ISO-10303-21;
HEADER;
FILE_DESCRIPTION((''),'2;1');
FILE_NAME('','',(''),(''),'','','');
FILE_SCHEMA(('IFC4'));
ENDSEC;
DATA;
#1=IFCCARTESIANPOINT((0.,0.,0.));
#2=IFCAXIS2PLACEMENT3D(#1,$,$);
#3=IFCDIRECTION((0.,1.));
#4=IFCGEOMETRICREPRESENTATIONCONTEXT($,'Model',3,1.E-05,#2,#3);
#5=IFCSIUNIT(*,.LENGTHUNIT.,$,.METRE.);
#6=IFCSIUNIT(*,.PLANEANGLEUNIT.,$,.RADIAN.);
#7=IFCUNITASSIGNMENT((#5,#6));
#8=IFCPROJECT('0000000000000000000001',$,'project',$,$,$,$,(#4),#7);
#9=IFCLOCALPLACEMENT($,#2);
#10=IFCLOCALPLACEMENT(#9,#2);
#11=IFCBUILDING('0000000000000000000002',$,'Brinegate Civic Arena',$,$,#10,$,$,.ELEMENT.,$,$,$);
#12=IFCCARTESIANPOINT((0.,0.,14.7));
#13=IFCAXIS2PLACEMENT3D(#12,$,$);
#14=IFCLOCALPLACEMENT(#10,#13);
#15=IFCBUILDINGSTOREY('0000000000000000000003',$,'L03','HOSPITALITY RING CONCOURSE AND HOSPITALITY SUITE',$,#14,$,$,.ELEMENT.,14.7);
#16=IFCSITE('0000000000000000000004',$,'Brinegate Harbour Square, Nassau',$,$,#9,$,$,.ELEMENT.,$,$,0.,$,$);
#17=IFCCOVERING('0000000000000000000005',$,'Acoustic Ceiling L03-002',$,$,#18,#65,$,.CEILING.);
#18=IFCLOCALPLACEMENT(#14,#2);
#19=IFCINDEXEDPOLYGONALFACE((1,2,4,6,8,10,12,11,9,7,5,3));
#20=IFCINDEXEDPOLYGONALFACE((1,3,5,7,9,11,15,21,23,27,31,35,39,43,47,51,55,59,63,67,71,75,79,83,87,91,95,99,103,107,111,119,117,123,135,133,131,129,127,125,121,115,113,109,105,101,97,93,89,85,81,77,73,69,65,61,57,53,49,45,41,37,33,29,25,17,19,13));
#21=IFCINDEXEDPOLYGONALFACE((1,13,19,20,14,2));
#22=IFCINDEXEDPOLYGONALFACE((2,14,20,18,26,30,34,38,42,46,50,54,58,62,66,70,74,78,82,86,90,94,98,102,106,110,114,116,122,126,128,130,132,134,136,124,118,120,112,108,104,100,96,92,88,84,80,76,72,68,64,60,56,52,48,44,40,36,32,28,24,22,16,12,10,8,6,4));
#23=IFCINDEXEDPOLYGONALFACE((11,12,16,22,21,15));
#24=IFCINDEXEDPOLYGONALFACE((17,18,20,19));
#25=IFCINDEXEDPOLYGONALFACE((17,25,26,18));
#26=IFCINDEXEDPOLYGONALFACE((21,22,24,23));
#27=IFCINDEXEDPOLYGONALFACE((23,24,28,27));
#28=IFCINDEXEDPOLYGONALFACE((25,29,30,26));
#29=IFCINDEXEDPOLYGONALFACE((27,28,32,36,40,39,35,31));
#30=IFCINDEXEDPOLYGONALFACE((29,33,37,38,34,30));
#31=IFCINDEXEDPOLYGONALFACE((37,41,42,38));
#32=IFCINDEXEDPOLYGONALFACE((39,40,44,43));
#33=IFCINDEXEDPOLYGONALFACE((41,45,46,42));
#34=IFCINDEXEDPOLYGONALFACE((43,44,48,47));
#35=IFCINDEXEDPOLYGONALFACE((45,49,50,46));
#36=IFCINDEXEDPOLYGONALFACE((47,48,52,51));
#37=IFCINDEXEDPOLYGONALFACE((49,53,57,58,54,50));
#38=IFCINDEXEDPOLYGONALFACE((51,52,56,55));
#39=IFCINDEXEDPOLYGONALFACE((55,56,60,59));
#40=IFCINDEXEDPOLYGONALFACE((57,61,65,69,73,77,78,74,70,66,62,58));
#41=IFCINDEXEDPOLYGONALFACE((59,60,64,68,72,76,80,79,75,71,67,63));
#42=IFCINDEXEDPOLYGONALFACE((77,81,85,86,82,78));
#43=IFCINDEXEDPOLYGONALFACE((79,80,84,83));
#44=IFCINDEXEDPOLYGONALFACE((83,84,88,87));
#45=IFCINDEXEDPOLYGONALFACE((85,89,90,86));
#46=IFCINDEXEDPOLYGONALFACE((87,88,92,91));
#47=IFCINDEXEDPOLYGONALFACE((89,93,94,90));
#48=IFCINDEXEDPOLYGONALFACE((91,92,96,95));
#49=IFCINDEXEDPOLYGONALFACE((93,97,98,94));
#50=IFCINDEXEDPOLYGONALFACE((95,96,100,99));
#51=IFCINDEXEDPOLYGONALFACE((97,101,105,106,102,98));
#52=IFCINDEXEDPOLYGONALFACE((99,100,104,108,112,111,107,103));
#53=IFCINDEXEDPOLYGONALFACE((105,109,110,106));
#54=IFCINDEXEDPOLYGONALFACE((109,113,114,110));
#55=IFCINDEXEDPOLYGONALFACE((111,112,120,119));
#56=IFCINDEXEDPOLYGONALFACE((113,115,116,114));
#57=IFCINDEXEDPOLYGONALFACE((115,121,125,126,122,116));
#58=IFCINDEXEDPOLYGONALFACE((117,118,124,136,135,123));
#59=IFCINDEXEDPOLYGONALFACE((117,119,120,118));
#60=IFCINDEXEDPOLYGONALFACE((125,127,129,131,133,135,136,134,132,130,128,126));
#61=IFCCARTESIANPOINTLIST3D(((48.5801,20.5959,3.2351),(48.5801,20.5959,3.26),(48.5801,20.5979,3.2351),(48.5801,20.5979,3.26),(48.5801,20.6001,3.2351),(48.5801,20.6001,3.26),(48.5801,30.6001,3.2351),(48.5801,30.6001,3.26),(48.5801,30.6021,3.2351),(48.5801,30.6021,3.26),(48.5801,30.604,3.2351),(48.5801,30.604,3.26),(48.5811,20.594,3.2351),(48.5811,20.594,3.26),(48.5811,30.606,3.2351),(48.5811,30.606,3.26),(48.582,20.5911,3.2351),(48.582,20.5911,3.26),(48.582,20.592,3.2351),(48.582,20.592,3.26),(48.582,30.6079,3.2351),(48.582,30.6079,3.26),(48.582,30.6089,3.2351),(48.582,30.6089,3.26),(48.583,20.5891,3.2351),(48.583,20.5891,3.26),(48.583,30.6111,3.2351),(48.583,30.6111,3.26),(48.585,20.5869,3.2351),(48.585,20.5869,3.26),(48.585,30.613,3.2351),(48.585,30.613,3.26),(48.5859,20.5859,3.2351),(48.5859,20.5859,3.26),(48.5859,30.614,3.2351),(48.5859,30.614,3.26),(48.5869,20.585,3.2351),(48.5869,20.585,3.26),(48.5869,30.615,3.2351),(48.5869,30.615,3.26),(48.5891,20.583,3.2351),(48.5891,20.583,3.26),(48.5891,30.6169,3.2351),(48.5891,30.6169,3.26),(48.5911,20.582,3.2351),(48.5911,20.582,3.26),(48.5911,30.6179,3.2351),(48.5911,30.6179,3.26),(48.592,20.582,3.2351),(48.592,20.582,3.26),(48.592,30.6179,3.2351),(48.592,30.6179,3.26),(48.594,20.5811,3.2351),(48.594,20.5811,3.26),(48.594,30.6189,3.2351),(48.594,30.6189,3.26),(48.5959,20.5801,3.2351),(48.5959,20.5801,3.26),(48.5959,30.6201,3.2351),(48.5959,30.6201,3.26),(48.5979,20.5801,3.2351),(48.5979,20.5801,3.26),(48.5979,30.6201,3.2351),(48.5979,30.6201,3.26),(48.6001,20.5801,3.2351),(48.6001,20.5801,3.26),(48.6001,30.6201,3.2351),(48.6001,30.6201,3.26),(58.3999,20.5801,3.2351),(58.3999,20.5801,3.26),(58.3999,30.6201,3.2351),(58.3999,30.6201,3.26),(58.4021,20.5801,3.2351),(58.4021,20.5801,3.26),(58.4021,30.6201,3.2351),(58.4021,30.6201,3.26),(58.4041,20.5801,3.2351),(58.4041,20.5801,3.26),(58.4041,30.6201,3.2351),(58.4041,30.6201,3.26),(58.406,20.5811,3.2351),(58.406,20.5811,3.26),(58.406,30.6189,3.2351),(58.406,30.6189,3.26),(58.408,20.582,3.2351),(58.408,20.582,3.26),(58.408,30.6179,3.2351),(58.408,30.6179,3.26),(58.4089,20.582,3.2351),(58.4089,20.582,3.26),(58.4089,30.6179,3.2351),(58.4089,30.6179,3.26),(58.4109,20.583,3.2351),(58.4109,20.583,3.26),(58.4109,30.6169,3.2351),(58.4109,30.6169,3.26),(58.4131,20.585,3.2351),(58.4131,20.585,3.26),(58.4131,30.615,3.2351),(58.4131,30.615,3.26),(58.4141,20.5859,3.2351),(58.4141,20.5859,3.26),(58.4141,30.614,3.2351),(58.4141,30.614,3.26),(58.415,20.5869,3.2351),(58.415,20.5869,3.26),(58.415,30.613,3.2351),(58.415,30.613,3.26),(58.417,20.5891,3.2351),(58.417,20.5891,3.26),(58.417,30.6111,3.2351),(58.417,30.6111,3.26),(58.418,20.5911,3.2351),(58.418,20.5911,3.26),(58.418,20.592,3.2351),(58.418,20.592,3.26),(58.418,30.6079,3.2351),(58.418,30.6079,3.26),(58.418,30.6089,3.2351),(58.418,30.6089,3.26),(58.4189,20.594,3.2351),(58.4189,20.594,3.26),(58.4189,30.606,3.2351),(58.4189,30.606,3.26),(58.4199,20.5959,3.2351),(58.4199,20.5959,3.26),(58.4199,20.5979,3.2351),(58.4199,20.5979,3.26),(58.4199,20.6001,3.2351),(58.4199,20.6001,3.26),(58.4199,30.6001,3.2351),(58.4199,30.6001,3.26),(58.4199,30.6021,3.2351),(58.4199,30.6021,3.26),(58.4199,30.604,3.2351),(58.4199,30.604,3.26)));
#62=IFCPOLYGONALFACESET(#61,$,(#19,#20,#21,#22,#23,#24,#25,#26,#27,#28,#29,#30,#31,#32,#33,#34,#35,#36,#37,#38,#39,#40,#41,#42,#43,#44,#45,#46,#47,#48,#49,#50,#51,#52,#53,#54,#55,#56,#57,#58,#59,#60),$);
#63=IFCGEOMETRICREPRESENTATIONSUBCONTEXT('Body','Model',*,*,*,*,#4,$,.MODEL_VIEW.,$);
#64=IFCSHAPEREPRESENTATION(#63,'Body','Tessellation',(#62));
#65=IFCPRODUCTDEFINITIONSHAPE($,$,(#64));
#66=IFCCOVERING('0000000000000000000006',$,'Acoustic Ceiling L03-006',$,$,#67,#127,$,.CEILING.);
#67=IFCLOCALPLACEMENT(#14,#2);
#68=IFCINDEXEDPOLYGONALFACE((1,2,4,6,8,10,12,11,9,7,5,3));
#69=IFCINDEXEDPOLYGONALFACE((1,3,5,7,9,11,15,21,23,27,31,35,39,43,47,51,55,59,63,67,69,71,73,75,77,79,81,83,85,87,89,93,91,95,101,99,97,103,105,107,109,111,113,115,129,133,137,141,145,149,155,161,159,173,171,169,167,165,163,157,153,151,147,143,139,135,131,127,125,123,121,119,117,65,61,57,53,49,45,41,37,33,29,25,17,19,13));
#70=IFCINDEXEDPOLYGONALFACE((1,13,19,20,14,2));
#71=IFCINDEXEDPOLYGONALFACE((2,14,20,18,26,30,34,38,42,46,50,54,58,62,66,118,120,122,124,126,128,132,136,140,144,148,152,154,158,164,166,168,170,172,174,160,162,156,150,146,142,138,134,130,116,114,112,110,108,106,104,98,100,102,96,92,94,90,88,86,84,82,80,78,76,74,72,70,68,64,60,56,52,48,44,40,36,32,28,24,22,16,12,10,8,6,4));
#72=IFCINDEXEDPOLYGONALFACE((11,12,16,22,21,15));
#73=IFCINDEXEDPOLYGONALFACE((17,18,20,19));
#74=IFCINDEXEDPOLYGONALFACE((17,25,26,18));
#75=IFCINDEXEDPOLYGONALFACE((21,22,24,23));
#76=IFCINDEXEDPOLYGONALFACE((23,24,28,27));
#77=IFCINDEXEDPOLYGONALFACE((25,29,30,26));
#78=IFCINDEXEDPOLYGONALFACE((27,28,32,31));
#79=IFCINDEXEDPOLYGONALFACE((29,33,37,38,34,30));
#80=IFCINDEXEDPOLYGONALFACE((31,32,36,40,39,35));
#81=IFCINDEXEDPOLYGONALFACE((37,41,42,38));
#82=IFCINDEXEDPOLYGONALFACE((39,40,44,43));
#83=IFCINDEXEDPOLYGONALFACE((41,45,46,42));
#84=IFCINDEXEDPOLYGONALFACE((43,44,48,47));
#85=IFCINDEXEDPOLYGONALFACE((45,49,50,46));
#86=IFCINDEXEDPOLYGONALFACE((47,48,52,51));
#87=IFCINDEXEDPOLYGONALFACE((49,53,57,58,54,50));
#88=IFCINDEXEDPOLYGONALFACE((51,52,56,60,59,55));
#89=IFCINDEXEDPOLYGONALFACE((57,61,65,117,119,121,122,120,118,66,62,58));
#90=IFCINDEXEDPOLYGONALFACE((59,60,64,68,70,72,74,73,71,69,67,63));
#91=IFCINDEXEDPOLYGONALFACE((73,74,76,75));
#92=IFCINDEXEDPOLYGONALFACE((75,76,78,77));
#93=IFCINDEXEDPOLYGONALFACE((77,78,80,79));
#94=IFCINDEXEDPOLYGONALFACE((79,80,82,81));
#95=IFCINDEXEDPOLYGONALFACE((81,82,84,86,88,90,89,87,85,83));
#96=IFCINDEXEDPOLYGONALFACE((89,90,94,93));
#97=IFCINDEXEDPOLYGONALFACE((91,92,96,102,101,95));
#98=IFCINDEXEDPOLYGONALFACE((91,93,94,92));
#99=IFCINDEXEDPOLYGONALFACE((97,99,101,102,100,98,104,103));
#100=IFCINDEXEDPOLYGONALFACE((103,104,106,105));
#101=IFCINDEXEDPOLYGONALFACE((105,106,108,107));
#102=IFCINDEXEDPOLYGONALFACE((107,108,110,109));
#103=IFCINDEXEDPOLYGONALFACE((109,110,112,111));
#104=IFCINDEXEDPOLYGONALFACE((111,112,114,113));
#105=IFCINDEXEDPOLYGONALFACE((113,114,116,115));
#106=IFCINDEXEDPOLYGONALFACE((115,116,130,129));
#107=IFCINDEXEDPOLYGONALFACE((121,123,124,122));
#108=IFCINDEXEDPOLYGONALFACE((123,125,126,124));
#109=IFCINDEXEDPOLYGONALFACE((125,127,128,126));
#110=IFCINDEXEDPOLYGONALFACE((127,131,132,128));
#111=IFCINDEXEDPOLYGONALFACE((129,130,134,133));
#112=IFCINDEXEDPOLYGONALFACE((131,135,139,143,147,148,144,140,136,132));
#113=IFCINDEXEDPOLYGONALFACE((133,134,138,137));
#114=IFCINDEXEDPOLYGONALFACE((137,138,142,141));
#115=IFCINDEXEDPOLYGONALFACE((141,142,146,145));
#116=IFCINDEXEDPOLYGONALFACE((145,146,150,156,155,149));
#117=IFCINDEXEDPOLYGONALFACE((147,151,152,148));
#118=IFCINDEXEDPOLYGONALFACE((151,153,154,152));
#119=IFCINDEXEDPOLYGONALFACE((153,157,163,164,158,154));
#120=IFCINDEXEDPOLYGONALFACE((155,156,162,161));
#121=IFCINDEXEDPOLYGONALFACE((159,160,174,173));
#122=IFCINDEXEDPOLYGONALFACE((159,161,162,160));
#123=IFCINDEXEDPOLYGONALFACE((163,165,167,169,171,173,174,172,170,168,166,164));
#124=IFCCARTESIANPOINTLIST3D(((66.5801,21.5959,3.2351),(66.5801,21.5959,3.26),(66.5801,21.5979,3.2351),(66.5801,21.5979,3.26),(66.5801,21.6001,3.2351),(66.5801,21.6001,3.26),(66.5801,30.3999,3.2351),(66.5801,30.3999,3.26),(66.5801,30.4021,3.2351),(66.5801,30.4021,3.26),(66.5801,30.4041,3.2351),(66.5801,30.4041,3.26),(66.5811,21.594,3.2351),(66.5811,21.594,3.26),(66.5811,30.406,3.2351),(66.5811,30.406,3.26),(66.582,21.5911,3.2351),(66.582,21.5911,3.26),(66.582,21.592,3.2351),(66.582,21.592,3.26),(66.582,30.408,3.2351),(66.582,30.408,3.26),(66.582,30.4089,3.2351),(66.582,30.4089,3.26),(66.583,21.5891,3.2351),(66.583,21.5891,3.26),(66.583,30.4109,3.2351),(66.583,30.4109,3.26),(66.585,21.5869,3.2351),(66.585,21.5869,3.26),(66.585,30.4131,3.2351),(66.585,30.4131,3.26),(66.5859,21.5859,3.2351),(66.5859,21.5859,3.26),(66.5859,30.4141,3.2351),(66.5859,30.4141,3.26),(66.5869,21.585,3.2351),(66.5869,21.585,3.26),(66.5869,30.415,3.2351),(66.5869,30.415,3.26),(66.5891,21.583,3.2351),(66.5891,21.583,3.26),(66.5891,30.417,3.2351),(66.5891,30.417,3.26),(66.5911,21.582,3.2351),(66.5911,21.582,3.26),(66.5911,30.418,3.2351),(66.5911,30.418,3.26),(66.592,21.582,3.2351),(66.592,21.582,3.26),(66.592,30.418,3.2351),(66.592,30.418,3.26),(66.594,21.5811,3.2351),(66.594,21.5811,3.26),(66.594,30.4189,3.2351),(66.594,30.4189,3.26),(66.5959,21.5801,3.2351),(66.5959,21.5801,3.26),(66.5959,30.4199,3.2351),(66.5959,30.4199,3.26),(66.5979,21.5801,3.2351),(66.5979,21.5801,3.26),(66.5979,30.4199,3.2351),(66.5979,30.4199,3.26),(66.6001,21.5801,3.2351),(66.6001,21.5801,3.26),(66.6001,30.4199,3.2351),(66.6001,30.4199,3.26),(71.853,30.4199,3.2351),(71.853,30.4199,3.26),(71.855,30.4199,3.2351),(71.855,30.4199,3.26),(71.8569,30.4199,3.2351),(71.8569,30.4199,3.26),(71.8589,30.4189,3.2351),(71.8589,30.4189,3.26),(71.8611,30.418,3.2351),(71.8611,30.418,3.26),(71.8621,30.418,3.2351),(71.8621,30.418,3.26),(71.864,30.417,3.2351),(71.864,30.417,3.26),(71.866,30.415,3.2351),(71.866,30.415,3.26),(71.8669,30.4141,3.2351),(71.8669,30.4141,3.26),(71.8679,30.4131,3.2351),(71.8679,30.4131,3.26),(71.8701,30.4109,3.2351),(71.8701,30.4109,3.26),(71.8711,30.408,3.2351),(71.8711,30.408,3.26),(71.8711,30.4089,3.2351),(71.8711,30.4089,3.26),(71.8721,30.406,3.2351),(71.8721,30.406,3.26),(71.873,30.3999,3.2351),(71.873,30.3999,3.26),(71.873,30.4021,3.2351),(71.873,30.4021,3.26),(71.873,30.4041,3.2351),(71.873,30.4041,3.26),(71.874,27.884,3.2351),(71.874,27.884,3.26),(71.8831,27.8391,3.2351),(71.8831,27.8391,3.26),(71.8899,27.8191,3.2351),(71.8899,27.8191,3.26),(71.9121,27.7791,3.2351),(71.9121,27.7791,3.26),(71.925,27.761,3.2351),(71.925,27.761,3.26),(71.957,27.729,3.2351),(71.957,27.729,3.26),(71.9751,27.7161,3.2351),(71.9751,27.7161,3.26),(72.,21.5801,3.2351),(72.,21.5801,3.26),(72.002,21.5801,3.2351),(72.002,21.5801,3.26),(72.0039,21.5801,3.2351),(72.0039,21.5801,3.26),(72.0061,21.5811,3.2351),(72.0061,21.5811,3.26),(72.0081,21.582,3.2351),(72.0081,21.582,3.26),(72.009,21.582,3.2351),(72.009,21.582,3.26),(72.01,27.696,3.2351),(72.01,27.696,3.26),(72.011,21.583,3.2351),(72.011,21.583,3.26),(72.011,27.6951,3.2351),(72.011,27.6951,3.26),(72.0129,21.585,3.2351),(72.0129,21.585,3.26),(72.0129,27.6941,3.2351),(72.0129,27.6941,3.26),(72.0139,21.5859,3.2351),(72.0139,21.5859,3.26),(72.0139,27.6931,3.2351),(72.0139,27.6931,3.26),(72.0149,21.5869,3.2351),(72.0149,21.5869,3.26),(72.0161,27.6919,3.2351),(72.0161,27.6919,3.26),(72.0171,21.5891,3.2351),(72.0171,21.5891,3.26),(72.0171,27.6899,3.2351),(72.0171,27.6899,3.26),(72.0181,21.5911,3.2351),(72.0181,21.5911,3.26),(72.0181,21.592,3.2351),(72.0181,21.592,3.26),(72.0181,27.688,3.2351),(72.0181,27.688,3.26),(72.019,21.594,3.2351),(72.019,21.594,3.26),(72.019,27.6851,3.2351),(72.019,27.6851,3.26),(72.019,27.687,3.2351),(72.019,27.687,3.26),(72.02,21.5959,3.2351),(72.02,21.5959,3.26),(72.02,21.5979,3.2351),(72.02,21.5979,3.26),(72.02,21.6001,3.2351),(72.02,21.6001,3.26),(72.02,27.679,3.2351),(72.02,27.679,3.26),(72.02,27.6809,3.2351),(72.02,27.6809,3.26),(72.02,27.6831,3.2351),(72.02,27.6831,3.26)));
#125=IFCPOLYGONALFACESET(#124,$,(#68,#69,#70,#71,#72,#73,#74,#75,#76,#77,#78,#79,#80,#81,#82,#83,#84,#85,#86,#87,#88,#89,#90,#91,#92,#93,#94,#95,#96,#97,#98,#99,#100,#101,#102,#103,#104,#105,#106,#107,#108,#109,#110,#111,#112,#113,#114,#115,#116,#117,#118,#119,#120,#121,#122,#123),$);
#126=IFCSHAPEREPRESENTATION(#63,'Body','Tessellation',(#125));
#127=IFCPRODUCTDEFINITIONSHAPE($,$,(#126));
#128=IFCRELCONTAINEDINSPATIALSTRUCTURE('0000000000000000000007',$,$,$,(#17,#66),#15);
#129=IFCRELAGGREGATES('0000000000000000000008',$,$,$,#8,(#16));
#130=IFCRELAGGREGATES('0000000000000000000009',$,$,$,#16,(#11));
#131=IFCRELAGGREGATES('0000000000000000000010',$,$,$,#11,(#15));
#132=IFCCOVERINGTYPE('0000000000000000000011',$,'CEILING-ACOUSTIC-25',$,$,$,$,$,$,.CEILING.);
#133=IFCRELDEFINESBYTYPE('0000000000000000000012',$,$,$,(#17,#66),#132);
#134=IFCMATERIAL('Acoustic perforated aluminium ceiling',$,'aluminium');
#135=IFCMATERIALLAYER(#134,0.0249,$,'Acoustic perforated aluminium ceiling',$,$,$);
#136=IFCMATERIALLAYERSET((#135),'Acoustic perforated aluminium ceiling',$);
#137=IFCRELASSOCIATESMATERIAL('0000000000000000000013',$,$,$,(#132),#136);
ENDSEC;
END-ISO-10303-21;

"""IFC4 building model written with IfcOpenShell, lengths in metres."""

from ifc_helpers import new_model, si_unit, direction, frame, origin, place, context, subcontext, project, spatial, polyline, outline, extrude, material, layer, layer_set, type_object, element, save


model = new_model("IFC4")

# Units and contexts
model_context = context("Model", 3, precision=1e-05, world=origin(), true_north=direction((0.0, 1.0)))
body_context = subcontext(model_context, "Body", "Model", "MODEL_VIEW")
ifc_project = project(units=[si_unit("LENGTHUNIT", "METRE"), si_unit("PLANEANGLEUNIT", "RADIAN")], contexts=[model_context])

# Site, building, storey
site_placement = place(None, origin())
site = spatial("IfcSite", under=ifc_project, at=site_placement, Name="Brinegate Harbour Square, Nassau", CompositionType="ELEMENT", RefElevation=0.0)
building_placement = place(site_placement, origin())
building = spatial("IfcBuilding", under=site, at=building_placement, Name="Brinegate Civic Arena", CompositionType="ELEMENT")
storey_placement = place(building_placement, frame((0.0, 0.0, 14.7)))
storey = spatial("IfcBuildingStorey", under=building, at=storey_placement, Name="L03", Description="HOSPITALITY RING CONCOURSE AND HOSPITALITY SUITE", CompositionType="ELEMENT", Elevation=14.7)

# Coverings
ifc_material_1 = material(Name="Acoustic perforated aluminium ceiling", Category="aluminium")
ifc_layer_1 = layer(ifc_material_1, 0.0249, Name="Acoustic perforated aluminium ceiling")
ifc_layer_set_1 = layer_set([ifc_layer_1], Name="Acoustic perforated aluminium ceiling")
covering_type_1 = type_object("IfcCoveringType", Name="CEILING-ACOUSTIC-25", PredefinedType="CEILING", material=ifc_layer_set_1)
covering_1_placement = place(storey_placement, frame((0.0, 0.0, 3.2351)))
element("IfcCovering", 1, at=covering_1_placement, inside=storey, type_object=covering_type_1, Name="Acoustic Ceiling L03-002", PredefinedType="CEILING", context=body_context, shape_type="SweptSolid", body=[
    extrude(outline(polyline([(58.4041, 30.6201), (58.406, 30.6189), (58.408, 30.6179), (58.4089, 30.6179), (58.4109, 30.6169), (58.4131, 30.615), (58.4141, 30.614), (58.415, 30.613), (58.417, 30.6111), (58.418, 30.6089), (58.418, 30.6079), (58.4189, 30.606), (58.4199, 30.604), (58.4199, 30.6021), (58.4199, 30.6001), (58.4199, 20.6001), (58.4199, 20.5979), (58.4199, 20.5959), (58.4189, 20.594), (58.418, 20.592), (58.418, 20.5911), (58.417, 20.5891), (58.415, 20.5869), (58.4141, 20.5859), (58.4131, 20.585), (58.4109, 20.583), (58.4089, 20.582), (58.408, 20.582), (58.406, 20.5811), (58.4041, 20.5801), (58.4021, 20.5801), (58.3999, 20.5801), (48.6001, 20.5801), (48.5979, 20.5801), (48.5959, 20.5801), (48.594, 20.5811), (48.592, 20.582), (48.5911, 20.582), (48.5891, 20.583), (48.5869, 20.585), (48.5859, 20.5859), (48.585, 20.5869), (48.583, 20.5891), (48.582, 20.5911), (48.582, 20.592), (48.5811, 20.594), (48.5801, 20.5959), (48.5801, 20.5979), (48.5801, 20.6001), (48.5801, 30.6001), (48.5801, 30.6021), (48.5801, 30.604), (48.5811, 30.606), (48.582, 30.6079), (48.582, 30.6089), (48.583, 30.6111), (48.585, 30.613), (48.5859, 30.614), (48.5869, 30.615), (48.5891, 30.6169), (48.5911, 30.6179), (48.592, 30.6179), (48.594, 30.6189), (48.5959, 30.6201), (48.5979, 30.6201), (48.6001, 30.6201), (58.3999, 30.6201), (58.4021, 30.6201), (58.4041, 30.6201)])), origin(), (0.0, 0.0, 1.0), 0.0249),
])
covering_2_placement = place(storey_placement, frame((0.0, 0.0, 3.2351)))
element("IfcCovering", 2, at=covering_2_placement, inside=storey, type_object=covering_type_1, Name="Acoustic Ceiling L03-006", PredefinedType="CEILING", context=body_context, shape_type="SweptSolid", body=[
    extrude(outline(polyline([(71.8569, 30.4199), (71.8589, 30.4189), (71.8611, 30.418), (71.8621, 30.418), (71.864, 30.417), (71.866, 30.415), (71.8669, 30.4141), (71.8679, 30.4131), (71.8701, 30.4109), (71.8711, 30.4089), (71.8711, 30.408), (71.8721, 30.406), (71.873, 30.4041), (71.873, 30.4021), (71.873, 30.3999), (71.874, 27.884), (71.8831, 27.8391), (71.8899, 27.8191), (71.9121, 27.7791), (71.925, 27.761), (71.957, 27.729), (71.9751, 27.7161), (72.01, 27.696), (72.011, 27.6951), (72.0129, 27.6941), (72.0139, 27.6931), (72.0161, 27.6919), (72.0171, 27.6899), (72.0181, 27.688), (72.019, 27.687), (72.019, 27.6851), (72.02, 27.6831), (72.02, 27.6809), (72.02, 27.679), (72.02, 21.6001), (72.02, 21.5979), (72.02, 21.5959), (72.019, 21.594), (72.0181, 21.592), (72.0181, 21.5911), (72.0171, 21.5891), (72.0149, 21.5869), (72.0139, 21.5859), (72.0129, 21.585), (72.011, 21.583), (72.009, 21.582), (72.0081, 21.582), (72.0061, 21.5811), (72.0039, 21.5801), (72.002, 21.5801), (72.0, 21.5801), (66.6001, 21.5801), (66.5979, 21.5801), (66.5959, 21.5801), (66.594, 21.5811), (66.592, 21.582), (66.5911, 21.582), (66.5891, 21.583), (66.5869, 21.585), (66.5859, 21.5859), (66.585, 21.5869), (66.583, 21.5891), (66.582, 21.5911), (66.582, 21.592), (66.5811, 21.594), (66.5801, 21.5959), (66.5801, 21.5979), (66.5801, 21.6001), (66.5801, 30.3999), (66.5801, 30.4021), (66.5801, 30.4041), (66.5811, 30.406), (66.582, 30.408), (66.582, 30.4089), (66.583, 30.4109), (66.585, 30.4131), (66.5859, 30.4141), (66.5869, 30.415), (66.5891, 30.417), (66.5911, 30.418), (66.592, 30.418), (66.594, 30.4189), (66.5959, 30.4199), (66.5979, 30.4199), (66.6001, 30.4199), (71.853, 30.4199), (71.855, 30.4199), (71.8569, 30.4199)])), origin(), (0.0, 0.0, 1.0), 0.0249),
])

save(model, "model.ifc")
